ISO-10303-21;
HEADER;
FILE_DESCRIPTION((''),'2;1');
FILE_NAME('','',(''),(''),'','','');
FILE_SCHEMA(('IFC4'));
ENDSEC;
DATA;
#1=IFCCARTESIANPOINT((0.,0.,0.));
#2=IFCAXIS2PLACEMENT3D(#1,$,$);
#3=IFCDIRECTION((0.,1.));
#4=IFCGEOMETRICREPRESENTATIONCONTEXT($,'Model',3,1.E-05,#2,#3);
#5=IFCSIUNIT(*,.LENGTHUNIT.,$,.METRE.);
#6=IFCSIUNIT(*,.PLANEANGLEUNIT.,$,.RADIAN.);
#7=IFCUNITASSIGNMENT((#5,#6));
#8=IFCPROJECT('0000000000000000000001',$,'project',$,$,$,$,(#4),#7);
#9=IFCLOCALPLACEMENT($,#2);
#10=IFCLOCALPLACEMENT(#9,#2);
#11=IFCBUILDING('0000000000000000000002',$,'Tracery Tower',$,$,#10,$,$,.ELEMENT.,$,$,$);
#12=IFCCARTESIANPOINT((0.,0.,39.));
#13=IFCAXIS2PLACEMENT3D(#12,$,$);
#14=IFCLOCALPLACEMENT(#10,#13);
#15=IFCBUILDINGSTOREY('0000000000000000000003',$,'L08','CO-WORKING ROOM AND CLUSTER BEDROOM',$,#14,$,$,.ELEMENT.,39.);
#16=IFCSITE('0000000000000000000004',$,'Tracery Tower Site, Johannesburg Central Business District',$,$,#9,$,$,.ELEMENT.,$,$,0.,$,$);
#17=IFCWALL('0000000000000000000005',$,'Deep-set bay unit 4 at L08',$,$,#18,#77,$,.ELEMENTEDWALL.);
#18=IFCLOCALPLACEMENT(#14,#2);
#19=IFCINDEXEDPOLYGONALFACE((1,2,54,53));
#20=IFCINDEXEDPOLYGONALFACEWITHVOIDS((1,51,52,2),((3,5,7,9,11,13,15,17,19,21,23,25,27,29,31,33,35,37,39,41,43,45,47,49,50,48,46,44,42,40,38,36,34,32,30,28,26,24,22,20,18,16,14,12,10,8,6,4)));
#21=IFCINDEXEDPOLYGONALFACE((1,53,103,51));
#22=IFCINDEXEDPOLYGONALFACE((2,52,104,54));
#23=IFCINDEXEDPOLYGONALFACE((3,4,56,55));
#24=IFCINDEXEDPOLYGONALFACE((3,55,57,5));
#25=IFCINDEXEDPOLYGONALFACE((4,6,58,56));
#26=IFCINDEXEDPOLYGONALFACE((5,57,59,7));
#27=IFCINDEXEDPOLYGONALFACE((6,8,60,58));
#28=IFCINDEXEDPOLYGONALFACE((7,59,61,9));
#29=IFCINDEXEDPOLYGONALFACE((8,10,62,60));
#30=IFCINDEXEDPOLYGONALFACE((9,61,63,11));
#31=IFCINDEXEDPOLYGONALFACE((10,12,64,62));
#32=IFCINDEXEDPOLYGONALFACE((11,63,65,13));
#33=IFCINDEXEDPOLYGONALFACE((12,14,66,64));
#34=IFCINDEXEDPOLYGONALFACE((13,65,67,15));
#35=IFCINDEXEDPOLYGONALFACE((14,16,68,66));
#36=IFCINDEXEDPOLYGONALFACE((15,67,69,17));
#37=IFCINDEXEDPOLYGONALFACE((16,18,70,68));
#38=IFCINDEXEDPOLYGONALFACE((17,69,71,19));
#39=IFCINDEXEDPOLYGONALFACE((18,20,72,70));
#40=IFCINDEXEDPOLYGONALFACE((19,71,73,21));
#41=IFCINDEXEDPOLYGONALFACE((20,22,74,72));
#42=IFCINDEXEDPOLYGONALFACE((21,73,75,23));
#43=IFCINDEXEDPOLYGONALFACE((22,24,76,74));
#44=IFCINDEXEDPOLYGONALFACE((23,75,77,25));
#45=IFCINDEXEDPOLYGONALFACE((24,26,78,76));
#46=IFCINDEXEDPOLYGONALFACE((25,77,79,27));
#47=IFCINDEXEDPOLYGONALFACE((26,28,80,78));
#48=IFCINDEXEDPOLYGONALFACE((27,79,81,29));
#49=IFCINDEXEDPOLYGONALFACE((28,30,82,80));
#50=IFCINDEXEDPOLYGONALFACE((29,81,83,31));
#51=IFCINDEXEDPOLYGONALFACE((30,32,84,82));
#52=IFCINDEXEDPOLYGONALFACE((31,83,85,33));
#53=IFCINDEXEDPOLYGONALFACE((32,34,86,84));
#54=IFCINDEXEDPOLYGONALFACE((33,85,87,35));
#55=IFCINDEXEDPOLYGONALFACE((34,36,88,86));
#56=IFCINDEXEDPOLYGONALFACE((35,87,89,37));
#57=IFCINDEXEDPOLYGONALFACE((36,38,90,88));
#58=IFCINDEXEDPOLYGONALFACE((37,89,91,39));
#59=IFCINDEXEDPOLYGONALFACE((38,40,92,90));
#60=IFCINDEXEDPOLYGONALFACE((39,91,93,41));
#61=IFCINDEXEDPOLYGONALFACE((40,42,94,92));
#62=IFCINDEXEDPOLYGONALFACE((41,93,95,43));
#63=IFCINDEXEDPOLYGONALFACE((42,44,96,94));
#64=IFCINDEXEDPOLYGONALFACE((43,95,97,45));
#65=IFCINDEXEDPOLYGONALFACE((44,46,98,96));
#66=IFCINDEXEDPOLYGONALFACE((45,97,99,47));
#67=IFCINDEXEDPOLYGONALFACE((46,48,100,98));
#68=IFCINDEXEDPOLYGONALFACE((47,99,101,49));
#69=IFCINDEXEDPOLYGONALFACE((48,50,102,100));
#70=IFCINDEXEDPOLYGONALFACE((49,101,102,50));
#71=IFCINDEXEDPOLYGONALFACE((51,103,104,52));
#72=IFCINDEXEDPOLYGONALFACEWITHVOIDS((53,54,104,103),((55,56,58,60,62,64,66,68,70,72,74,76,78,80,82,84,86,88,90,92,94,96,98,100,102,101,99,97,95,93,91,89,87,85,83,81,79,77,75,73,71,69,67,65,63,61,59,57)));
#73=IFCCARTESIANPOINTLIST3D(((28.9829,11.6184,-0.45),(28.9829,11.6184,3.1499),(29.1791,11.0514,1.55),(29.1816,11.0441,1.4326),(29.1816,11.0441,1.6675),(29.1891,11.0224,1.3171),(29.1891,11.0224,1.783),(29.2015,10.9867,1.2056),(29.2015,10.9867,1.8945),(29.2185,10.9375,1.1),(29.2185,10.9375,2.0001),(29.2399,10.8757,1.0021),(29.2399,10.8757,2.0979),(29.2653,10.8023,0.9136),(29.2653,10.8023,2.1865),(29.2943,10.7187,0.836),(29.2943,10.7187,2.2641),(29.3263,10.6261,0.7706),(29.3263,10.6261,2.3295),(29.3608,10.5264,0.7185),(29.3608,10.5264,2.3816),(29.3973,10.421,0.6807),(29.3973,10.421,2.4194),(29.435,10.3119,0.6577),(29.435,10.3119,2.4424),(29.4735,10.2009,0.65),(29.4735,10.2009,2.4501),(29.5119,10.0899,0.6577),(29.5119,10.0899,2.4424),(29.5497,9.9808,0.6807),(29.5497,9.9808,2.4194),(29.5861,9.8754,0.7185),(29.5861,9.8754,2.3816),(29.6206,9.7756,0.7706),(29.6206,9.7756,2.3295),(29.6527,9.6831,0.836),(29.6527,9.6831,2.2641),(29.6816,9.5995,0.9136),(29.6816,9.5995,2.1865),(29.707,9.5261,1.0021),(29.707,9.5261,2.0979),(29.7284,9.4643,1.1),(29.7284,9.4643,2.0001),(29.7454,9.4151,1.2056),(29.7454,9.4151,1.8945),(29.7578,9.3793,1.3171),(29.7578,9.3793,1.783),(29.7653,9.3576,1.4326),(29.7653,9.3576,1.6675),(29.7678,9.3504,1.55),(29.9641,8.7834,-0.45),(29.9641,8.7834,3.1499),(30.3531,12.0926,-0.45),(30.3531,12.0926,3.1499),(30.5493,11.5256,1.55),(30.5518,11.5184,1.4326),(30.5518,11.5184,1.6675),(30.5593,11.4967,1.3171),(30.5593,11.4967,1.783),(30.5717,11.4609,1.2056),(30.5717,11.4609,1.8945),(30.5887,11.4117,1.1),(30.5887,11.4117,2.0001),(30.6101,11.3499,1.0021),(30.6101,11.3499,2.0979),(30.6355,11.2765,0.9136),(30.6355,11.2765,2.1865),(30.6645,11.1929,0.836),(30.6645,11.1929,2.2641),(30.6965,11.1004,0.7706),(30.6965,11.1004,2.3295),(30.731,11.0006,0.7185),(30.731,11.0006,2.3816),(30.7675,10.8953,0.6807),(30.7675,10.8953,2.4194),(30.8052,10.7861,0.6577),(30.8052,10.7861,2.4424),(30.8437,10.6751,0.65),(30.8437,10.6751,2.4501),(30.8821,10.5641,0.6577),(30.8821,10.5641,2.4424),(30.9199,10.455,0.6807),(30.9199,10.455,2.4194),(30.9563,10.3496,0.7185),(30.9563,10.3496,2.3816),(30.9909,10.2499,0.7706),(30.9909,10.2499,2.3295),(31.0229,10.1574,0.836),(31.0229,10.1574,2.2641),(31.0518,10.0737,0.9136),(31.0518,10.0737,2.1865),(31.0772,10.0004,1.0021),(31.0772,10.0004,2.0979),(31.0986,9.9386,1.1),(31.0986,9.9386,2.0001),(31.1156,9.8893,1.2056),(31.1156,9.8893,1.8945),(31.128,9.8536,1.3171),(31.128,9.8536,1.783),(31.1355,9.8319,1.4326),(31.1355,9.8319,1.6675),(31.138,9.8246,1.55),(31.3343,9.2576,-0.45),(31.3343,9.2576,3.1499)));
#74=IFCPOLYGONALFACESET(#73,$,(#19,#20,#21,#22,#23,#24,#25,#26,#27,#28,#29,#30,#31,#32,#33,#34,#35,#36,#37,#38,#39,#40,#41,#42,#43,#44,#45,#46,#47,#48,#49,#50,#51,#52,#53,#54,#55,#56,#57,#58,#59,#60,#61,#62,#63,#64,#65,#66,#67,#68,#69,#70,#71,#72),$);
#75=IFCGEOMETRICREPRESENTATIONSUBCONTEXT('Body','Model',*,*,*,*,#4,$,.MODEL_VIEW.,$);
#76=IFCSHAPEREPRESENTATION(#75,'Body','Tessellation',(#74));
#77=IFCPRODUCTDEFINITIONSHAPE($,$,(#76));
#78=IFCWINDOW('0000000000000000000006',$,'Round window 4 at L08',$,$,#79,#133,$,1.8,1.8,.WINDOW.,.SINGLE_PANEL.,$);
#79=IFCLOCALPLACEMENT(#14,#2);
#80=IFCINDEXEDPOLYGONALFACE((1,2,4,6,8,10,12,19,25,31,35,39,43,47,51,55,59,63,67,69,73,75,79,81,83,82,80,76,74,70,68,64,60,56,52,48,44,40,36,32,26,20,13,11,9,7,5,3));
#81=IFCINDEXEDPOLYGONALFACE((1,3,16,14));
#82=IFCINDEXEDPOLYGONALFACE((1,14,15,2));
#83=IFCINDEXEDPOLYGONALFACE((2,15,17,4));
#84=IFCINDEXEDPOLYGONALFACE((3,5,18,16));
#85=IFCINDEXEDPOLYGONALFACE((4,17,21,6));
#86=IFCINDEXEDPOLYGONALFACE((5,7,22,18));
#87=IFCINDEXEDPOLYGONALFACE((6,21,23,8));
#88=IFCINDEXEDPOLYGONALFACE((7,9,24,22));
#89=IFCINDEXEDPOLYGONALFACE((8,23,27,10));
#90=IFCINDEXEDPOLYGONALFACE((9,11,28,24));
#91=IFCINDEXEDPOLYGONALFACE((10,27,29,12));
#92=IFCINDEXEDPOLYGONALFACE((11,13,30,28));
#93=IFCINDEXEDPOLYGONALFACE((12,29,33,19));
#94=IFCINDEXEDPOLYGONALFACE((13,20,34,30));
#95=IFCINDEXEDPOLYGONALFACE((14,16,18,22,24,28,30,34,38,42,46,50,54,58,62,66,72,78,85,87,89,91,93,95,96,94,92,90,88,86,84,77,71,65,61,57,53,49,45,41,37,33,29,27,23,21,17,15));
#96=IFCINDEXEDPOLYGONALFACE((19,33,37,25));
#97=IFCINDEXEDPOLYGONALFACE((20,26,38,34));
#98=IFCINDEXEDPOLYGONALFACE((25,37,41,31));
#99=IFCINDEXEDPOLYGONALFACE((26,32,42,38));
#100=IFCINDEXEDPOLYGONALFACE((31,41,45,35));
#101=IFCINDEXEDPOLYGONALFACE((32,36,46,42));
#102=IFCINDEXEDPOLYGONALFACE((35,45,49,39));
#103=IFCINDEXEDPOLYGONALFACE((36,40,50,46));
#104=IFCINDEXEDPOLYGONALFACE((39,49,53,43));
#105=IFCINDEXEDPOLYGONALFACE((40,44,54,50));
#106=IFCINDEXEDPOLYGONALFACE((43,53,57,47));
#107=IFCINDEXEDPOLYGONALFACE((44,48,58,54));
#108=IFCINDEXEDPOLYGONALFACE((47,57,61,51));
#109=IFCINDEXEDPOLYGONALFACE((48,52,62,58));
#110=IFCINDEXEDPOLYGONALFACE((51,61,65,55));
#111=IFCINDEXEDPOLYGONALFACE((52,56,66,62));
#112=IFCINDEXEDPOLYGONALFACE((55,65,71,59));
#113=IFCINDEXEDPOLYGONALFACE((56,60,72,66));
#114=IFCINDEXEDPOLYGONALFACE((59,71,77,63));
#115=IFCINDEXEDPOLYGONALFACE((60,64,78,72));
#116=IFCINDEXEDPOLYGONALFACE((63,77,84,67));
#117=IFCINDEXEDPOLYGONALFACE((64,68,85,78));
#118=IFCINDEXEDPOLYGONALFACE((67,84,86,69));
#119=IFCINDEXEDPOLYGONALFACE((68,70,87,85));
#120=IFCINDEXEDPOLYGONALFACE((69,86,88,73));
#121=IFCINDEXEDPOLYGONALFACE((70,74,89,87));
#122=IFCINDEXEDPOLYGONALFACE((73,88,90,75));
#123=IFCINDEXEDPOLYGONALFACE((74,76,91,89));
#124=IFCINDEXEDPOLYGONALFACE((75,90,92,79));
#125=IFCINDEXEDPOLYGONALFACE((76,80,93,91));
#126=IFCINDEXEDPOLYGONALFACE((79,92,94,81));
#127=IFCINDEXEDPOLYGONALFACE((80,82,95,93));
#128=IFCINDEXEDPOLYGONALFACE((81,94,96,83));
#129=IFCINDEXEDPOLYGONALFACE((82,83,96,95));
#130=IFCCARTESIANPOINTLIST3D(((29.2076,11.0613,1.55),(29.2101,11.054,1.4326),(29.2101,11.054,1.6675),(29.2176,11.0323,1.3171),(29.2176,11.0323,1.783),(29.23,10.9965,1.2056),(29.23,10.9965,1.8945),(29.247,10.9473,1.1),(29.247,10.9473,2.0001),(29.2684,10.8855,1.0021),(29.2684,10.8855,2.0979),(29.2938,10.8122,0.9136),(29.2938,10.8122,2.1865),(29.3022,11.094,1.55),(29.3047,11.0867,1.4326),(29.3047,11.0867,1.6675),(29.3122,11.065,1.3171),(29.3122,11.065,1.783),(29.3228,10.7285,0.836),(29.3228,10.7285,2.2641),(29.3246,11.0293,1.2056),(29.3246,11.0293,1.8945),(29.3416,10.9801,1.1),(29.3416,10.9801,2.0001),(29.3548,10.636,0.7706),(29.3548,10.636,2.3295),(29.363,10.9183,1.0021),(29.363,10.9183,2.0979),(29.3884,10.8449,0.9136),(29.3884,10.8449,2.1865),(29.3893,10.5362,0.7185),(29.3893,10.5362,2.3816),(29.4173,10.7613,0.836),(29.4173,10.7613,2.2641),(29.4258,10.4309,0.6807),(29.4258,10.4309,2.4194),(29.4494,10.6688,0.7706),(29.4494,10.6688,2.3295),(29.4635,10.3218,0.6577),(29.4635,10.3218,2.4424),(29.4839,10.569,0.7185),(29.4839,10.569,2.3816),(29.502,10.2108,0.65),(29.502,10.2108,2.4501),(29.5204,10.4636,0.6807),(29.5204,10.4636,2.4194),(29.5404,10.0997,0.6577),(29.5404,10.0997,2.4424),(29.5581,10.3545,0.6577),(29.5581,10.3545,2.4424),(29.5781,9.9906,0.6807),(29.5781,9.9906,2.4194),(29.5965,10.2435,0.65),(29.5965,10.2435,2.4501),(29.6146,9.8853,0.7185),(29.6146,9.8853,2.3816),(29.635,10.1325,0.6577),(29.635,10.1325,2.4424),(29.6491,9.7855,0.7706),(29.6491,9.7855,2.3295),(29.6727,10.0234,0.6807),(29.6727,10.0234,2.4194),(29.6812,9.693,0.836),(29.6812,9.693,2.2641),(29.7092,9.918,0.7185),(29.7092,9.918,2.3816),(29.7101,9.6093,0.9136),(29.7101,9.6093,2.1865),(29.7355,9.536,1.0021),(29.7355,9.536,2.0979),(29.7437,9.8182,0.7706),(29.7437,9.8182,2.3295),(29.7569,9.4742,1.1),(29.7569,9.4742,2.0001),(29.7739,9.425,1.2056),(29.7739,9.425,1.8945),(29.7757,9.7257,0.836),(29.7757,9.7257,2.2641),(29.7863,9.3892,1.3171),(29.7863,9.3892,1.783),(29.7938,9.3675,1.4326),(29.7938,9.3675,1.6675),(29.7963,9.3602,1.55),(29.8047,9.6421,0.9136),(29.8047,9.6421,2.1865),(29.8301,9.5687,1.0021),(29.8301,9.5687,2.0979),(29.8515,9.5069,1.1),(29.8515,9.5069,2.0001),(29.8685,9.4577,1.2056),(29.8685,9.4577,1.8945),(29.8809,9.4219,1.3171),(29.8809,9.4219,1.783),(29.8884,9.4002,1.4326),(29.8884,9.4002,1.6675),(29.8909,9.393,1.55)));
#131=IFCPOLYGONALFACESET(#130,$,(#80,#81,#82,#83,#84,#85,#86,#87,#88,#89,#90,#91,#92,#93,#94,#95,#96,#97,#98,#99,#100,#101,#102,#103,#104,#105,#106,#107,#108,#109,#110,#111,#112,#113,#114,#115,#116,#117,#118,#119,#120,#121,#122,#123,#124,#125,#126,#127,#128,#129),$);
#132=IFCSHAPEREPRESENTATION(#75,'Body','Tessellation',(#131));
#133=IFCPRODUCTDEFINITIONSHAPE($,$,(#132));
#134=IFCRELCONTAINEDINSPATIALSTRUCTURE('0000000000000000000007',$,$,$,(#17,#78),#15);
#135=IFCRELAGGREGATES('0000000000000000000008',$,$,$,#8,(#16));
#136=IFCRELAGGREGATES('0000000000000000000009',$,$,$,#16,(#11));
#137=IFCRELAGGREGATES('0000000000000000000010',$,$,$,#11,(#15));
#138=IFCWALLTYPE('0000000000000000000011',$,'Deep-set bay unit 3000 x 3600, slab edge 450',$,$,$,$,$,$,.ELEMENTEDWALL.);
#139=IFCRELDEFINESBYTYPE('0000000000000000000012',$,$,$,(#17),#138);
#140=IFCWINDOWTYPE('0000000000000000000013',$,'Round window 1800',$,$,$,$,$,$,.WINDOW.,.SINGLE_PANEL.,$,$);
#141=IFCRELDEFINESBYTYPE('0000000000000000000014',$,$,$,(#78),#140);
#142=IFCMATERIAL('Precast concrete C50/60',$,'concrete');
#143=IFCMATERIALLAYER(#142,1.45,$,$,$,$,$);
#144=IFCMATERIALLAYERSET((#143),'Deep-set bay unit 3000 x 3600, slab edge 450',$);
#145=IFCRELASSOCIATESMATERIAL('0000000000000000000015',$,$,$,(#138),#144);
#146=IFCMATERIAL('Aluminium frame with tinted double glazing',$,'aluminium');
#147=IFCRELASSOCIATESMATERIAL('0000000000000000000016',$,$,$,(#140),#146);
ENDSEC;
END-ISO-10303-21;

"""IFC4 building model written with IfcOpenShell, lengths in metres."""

from ifc_helpers import new_model, si_unit, direction, frame, frame_2d, origin, origin_2d, place, context, subcontext, project, spatial, rectangle, circle, extrude, material, layer, layer_set, type_object, element, fill, save


model = new_model("IFC4")

# Units and contexts
model_context = context("Model", 3, precision=1e-05, world=origin(), true_north=direction((0.0, 1.0)))
body_context = subcontext(model_context, "Body", "Model", "MODEL_VIEW")
ifc_project = project(units=[si_unit("LENGTHUNIT", "METRE"), si_unit("PLANEANGLEUNIT", "RADIAN")], contexts=[model_context])

# Site, building, storey
site_placement = place(None, origin())
site = spatial("IfcSite", under=ifc_project, at=site_placement, Name="Tracery Tower Site, Johannesburg Central Business District", CompositionType="ELEMENT", RefElevation=0.0)
building_placement = place(site_placement, origin())
building = spatial("IfcBuilding", under=site, at=building_placement, Name="Tracery Tower", CompositionType="ELEMENT")
storey_placement = place(building_placement, frame((0.0, 0.0, 39.0)))
storey = spatial("IfcBuildingStorey", under=building, at=storey_placement, Name="L08", Description="CO-WORKING ROOM AND CLUSTER BEDROOM", CompositionType="ELEMENT", Elevation=39.0)

# Wall, opening, window
ifc_material_1 = material(Name="Precast concrete C50/60", Category="concrete")
ifc_layer_1 = layer(ifc_material_1, 1.45)
ifc_layer_set_1 = layer_set([ifc_layer_1], Name="Deep-set bay unit 3000 x 3600, slab edge 450")
wall_type_1 = type_object("IfcWallType", Name="Deep-set bay unit 3000 x 3600, slab edge 450", PredefinedType="ELEMENTEDWALL", material=ifc_layer_set_1)
wall_1_placement = place(storey_placement, frame((30.6492, 9.0205, -0.45), z_axis=(0.0, 0.0, 1.0), x_axis=(-0.327071, 0.945, 0.0)))
wall_1 = element("IfcWall", 1, at=wall_1_placement, inside=storey, type_object=wall_type_1, Name="Deep-set bay unit 4 at L08", PredefinedType="ELEMENTEDWALL", context=body_context, shape_type="SweptSolid", body=[
    extrude(rectangle(XDim=3.0, YDim=1.45, at=frame_2d((1.5, 0.0))), origin(), (0.0, 0.0, 1.0), 3.5999),
])
opening_1_placement = place(wall_1_placement, frame((1.5, 0.0, 2.0)))
opening_1 = element("IfcOpeningElement", 2, at=opening_1_placement, cuts=wall_1, PredefinedType="OPENING", context=body_context, shape_type="SweptSolid", body=[
    extrude(circle(Radius=0.9, at=origin_2d()), frame((0.0, 0.7349, 0.0), z_axis=(0.0, -1.0, 0.0), x_axis=(1.0, 0.0, 0.0)), (0.0, 0.0, 1.0), 1.47),
])
ifc_material_2 = material(Name="Aluminium frame with tinted double glazing", Category="aluminium")
window_type = type_object("IfcWindowType", Name="Round window 1800", PartitioningType="SINGLE_PANEL", PredefinedType="WINDOW", material=ifc_material_2)
window_1_placement = place(opening_1_placement, origin())
window_1 = element("IfcWindow", 3, at=window_1_placement, inside=storey, type_object=window_type, Name="Round window 4 at L08", OverallHeight=1.8, OverallWidth=1.8, PartitioningType="SINGLE_PANEL", PredefinedType="WINDOW", context=body_context, shape_type="SweptSolid", body=[
    extrude(circle(Radius=0.9, at=origin_2d()), frame((0.0, 0.6948, 0.0), z_axis=(0.0, -1.0, 0.0), x_axis=(1.0, 0.0, 0.0)), (0.0, 0.0, 1.0), 0.1001),
])
fill(opening_1, window_1)

save(model, "model.ifc")
